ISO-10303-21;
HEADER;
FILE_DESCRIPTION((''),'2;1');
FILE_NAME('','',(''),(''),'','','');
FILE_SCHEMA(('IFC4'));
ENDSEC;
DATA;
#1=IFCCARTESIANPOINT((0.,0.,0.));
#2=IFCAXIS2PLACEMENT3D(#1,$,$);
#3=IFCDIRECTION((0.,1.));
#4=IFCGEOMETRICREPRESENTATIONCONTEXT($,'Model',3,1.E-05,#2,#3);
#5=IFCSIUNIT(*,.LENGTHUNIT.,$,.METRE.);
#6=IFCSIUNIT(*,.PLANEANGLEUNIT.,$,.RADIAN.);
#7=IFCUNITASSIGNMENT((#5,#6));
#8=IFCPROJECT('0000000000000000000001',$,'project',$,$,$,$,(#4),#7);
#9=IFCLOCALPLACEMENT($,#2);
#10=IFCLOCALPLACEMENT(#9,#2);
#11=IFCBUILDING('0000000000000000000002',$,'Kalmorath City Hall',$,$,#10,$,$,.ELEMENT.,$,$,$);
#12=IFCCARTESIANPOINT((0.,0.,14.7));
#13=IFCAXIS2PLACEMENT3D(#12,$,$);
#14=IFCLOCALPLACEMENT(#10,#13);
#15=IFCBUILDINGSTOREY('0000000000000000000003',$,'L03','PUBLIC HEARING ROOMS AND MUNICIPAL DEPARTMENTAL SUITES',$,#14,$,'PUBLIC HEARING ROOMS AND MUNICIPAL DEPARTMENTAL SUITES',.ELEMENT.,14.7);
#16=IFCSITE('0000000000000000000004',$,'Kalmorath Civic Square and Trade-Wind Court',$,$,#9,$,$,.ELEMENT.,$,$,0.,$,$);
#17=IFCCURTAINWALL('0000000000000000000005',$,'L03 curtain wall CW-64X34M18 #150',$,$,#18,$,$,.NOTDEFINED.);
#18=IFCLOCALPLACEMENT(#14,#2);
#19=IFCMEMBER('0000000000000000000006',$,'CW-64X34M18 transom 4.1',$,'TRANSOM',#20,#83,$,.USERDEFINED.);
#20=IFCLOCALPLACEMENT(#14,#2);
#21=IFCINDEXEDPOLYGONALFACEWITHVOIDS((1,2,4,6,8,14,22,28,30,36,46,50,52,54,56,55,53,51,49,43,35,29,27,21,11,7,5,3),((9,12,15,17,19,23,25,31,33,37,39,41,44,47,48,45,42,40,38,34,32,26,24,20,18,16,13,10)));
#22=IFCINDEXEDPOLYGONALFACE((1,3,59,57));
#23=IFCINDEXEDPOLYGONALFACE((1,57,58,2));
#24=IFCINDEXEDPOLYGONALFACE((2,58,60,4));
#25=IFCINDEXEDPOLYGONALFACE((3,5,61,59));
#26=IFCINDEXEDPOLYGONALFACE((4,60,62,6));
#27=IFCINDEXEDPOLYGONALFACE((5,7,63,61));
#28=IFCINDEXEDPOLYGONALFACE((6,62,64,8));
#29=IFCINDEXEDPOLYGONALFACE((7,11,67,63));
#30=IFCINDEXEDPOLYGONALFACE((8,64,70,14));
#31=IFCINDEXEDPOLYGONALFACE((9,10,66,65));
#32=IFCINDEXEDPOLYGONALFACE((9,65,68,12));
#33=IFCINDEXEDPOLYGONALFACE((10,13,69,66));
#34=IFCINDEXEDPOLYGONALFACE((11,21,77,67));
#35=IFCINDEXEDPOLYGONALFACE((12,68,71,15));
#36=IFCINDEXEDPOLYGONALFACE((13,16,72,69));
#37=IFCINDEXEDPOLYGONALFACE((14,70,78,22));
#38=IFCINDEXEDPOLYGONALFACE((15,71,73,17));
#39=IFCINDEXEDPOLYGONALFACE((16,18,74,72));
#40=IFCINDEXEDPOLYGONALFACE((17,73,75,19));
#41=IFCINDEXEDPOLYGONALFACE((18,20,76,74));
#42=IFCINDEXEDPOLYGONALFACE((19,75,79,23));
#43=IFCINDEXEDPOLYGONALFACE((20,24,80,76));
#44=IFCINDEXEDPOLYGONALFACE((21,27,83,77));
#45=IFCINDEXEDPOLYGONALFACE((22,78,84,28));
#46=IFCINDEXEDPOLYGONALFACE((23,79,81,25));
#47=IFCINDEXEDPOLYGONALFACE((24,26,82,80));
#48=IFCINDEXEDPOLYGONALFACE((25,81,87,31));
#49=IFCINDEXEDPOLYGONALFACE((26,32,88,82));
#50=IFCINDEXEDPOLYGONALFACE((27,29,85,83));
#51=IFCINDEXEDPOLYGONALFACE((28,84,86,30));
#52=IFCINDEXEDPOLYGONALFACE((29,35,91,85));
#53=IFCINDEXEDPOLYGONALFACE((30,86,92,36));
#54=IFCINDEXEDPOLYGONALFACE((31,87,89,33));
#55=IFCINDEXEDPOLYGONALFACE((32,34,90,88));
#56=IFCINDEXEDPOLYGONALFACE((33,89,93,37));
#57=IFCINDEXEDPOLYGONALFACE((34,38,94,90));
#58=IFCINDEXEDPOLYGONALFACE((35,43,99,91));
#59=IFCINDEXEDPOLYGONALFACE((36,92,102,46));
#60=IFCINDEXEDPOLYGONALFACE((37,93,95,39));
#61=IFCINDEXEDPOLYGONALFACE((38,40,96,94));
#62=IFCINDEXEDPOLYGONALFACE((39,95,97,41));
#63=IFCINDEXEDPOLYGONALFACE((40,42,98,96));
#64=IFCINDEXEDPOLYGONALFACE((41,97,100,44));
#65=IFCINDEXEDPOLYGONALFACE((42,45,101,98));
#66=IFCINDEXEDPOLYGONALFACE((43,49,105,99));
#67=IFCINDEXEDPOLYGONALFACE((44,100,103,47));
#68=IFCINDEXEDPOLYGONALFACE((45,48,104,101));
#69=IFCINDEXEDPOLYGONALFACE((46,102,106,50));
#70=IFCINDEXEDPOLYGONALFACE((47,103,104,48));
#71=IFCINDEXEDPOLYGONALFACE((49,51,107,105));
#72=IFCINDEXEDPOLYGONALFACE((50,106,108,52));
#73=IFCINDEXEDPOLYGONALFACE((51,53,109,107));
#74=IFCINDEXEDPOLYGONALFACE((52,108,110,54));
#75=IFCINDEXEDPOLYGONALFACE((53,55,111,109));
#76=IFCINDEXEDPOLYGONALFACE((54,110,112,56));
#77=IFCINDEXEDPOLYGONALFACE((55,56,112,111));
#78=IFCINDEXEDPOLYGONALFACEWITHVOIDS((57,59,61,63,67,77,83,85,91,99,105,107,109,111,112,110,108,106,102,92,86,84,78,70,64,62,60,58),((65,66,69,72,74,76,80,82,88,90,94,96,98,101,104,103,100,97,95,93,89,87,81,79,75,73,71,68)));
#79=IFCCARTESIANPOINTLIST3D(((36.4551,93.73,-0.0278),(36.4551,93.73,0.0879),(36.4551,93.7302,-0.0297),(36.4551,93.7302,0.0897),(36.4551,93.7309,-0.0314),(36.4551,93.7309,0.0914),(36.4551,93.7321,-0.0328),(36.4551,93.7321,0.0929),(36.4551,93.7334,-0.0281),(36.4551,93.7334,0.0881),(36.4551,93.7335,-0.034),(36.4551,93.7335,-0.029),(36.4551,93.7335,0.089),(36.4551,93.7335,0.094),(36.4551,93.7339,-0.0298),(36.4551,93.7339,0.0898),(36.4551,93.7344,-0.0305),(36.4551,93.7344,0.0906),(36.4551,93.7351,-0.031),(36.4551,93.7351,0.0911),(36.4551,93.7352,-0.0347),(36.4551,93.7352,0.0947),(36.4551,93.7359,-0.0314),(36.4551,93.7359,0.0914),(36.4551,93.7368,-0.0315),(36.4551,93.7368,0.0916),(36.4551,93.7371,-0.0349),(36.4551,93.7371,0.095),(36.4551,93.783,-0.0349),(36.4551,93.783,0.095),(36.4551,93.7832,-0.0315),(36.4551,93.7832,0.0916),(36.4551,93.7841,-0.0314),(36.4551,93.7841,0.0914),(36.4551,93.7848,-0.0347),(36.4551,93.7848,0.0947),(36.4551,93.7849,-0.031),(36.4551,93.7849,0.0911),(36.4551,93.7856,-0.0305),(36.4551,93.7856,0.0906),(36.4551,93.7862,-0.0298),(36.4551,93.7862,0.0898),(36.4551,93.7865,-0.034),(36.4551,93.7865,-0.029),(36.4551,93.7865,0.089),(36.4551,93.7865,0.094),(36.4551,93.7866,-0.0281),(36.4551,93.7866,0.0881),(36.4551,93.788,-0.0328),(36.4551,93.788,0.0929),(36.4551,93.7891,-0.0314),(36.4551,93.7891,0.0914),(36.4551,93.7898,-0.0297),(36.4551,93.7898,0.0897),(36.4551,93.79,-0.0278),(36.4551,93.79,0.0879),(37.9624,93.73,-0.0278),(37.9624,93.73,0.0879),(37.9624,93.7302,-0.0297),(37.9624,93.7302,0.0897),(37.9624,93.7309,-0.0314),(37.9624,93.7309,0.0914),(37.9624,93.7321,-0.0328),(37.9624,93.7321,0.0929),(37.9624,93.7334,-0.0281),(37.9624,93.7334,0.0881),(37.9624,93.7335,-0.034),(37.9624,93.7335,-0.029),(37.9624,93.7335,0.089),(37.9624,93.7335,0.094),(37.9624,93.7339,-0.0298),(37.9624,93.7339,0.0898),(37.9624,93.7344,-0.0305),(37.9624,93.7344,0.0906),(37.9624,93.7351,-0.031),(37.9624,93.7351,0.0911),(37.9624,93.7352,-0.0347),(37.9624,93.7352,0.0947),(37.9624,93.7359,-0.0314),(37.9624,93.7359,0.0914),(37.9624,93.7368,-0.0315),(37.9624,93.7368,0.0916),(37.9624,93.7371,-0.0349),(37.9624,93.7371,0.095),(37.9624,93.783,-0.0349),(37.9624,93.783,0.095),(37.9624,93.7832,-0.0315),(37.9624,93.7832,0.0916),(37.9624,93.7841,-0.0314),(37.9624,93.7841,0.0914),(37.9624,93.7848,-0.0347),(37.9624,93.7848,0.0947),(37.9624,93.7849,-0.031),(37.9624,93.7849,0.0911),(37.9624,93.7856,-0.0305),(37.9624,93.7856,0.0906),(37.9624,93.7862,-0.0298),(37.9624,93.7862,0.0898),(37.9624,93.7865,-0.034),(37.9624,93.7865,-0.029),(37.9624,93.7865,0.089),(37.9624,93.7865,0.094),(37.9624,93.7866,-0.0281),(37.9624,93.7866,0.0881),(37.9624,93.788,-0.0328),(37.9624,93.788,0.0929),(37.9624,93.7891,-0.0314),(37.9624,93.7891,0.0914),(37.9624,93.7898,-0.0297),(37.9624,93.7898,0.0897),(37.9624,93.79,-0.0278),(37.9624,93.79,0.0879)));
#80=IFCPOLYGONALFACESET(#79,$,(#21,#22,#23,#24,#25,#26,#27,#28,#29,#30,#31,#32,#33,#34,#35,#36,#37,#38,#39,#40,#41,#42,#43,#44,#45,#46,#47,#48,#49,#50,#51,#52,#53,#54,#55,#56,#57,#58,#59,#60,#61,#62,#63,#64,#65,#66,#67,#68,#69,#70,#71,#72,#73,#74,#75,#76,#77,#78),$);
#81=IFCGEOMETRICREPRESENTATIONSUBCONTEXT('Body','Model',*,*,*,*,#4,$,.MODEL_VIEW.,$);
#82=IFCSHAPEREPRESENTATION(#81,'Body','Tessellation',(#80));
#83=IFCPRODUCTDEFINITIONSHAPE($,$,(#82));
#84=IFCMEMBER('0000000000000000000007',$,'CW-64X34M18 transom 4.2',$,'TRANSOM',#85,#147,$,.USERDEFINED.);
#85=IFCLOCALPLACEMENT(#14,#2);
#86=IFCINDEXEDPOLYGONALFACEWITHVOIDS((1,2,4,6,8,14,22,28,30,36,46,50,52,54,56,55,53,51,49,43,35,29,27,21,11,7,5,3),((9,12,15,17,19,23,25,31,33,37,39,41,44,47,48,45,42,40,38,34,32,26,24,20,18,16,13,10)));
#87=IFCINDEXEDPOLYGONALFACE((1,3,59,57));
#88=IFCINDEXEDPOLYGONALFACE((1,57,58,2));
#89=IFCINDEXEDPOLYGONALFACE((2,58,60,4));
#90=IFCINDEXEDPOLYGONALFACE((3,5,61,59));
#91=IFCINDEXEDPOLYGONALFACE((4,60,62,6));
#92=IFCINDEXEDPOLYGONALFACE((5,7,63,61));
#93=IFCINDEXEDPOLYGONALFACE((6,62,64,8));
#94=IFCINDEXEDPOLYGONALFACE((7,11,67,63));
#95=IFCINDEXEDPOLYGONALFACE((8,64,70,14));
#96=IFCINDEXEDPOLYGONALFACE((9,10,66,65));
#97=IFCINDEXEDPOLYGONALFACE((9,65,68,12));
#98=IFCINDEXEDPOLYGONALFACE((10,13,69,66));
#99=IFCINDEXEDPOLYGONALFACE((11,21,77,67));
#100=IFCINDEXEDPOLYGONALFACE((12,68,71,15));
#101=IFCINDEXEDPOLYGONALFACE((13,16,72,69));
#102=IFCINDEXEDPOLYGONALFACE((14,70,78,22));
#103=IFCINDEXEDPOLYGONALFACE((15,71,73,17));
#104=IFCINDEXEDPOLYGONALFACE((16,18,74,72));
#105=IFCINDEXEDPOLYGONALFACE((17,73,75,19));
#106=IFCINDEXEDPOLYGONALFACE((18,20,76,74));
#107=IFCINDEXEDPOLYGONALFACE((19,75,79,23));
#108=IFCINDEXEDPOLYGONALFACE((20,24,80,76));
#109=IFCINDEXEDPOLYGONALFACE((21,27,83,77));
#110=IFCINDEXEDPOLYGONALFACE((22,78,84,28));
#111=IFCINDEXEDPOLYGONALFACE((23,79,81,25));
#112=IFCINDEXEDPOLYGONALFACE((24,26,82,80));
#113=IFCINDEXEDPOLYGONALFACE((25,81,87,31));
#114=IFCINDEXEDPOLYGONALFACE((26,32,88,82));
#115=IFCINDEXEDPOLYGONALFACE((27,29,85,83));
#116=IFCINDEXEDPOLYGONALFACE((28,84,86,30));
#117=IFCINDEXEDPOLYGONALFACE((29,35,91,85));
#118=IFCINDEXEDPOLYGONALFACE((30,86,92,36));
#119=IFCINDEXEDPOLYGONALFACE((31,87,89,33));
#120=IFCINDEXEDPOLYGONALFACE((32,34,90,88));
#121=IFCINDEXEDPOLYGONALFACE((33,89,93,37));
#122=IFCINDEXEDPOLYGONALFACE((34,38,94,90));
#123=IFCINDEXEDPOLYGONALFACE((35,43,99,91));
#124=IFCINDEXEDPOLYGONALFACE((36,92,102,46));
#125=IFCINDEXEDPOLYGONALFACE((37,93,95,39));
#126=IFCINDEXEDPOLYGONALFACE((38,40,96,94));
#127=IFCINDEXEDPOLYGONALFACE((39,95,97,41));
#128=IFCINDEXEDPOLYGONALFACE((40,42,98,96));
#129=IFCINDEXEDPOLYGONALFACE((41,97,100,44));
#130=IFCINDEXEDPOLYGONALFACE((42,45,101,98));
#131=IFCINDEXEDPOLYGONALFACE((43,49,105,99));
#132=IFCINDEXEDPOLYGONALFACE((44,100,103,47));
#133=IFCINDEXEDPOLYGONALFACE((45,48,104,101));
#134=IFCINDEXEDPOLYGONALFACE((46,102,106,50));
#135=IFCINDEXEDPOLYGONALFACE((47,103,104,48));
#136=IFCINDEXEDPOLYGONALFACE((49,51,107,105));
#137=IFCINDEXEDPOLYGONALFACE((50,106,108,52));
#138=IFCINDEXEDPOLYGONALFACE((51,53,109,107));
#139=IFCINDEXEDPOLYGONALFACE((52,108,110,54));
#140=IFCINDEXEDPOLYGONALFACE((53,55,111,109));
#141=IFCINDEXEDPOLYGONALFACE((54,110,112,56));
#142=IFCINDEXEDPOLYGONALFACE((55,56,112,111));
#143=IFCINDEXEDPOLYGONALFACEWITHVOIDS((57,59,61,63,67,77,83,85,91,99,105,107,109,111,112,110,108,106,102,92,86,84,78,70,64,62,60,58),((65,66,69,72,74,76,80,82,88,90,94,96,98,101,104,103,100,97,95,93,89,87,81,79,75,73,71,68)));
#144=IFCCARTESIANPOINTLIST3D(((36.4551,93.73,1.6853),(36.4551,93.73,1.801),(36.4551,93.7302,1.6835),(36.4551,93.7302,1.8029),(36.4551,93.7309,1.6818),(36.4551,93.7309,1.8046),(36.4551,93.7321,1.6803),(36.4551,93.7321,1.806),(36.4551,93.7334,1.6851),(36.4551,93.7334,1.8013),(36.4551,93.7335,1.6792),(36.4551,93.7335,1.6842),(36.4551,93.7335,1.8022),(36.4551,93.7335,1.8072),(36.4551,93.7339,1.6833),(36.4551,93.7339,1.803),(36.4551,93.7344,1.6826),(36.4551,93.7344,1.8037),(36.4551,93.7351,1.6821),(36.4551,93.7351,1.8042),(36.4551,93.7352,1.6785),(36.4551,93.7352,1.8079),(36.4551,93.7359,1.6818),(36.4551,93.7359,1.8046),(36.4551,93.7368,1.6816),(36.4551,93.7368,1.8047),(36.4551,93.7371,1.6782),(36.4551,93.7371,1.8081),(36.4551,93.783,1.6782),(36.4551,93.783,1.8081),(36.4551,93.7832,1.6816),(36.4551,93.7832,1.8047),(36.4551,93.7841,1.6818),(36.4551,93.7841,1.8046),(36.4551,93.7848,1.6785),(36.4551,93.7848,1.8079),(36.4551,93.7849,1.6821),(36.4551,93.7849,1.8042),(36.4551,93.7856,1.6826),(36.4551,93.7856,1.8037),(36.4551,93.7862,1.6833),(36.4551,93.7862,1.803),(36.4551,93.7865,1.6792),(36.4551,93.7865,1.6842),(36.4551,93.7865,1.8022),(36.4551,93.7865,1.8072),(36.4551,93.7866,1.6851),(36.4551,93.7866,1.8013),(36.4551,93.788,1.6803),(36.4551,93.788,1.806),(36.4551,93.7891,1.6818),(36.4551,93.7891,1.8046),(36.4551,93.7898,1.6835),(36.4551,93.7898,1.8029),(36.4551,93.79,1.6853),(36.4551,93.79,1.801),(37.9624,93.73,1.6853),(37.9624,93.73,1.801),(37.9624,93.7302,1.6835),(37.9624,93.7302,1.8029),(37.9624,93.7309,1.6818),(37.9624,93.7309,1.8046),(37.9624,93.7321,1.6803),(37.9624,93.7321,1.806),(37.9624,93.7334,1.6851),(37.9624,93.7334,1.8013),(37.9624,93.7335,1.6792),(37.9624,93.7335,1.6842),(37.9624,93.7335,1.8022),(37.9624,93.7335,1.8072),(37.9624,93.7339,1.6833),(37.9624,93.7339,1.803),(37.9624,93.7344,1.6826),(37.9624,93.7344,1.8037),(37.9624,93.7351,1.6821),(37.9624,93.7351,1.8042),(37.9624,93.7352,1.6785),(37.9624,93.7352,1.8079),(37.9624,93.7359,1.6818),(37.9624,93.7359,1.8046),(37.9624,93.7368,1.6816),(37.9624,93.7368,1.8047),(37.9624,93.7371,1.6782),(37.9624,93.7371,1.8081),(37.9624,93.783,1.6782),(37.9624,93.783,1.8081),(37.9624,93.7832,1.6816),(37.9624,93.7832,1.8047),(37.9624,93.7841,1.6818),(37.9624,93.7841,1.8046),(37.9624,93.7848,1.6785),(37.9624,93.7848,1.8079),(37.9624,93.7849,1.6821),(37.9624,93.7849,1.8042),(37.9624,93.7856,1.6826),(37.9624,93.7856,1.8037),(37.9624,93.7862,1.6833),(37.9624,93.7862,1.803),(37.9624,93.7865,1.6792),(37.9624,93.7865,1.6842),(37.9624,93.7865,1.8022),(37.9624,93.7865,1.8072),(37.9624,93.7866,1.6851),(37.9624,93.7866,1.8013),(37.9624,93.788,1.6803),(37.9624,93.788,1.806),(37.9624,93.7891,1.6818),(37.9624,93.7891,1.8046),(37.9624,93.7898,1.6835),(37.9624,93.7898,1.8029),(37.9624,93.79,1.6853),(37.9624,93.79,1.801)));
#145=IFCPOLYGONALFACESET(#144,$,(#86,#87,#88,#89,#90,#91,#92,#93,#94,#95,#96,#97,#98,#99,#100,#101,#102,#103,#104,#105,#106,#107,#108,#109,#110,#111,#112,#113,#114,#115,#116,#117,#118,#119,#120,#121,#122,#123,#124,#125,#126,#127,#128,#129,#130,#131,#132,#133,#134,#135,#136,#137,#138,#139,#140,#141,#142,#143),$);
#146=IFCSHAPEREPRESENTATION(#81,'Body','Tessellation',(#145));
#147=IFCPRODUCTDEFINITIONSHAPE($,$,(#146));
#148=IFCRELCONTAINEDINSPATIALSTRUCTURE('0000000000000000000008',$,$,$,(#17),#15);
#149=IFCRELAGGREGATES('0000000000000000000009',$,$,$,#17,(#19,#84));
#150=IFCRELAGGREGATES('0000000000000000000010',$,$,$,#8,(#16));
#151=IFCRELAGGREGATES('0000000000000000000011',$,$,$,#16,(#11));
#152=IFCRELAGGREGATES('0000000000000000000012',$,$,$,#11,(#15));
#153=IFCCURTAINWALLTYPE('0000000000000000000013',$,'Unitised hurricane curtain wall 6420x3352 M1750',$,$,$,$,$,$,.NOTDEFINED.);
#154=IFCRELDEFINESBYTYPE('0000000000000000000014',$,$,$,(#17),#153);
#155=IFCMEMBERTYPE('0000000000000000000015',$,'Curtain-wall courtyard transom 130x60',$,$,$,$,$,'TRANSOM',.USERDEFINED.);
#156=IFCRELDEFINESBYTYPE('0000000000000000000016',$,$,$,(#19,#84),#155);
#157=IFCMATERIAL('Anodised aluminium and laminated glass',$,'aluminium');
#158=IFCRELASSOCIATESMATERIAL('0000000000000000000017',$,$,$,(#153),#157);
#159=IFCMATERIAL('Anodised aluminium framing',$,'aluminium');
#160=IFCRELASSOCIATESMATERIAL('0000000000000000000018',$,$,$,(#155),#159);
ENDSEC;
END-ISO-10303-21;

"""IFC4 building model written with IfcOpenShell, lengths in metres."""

from ifc_helpers import new_model, si_unit, direction, frame, origin, origin_2d, place, context, subcontext, project, spatial, hollow_rectangle, extrude, material, material_profile, profile_set, type_object, element, aggregate, save


model = new_model("IFC4")

# Units and contexts
model_context = context("Model", 3, precision=1e-05, world=origin(), true_north=direction((0.0, 1.0)))
body_context = subcontext(model_context, "Body", "Model", "MODEL_VIEW")
ifc_project = project(units=[si_unit("LENGTHUNIT", "METRE"), si_unit("PLANEANGLEUNIT", "RADIAN")], contexts=[model_context])

# Site, building, storey
site_placement = place(None, origin())
site = spatial("IfcSite", under=ifc_project, at=site_placement, Name="Kalmorath Civic Square and Trade-Wind Court", CompositionType="ELEMENT", RefElevation=0.0)
building_placement = place(site_placement, origin())
building = spatial("IfcBuilding", under=site, at=building_placement, Name="Kalmorath City Hall", CompositionType="ELEMENT")
storey_placement = place(building_placement, frame((0.0, 0.0, 14.7)))
storey = spatial("IfcBuildingStorey", under=building, at=storey_placement, Name="L03", Description="PUBLIC HEARING ROOMS AND MUNICIPAL DEPARTMENTAL SUITES", LongName="PUBLIC HEARING ROOMS AND MUNICIPAL DEPARTMENTAL SUITES", CompositionType="ELEMENT", Elevation=14.7)

# Curtain wall, members
ifc_material_1 = material(Name="Anodised aluminium and laminated glass", Category="aluminium")
curtain_wall_type = type_object("IfcCurtainWallType", Name="Unitised hurricane curtain wall 6420x3352 M1750", PredefinedType="NOTDEFINED", material=ifc_material_1)
curtain_wall_placement = place(storey_placement, origin())
curtain_wall = element("IfcCurtainWall", 1, at=curtain_wall_placement, inside=storey, type_object=curtain_wall_type, Name="L03 curtain wall CW-64X34M18 #150", PredefinedType="NOTDEFINED")
ifc_material_2 = material(Name="Anodised aluminium framing", Category="aluminium")
ifc_material_profile_1 = material_profile(ifc_material_2, hollow_rectangle(XDim=0.0601, YDim=0.1299, WallThickness=0.0034, InnerFilletRadius=0.0034, OuterFilletRadius=0.0071, at=origin_2d()), Name="ALU-TRN-130X60X3.5")
ifc_profile_set_1 = profile_set([ifc_material_profile_1], Name="Anodised aluminium framing")
member_type_1 = type_object("IfcMemberType", Name="Curtain-wall courtyard transom 130x60", ElementType="TRANSOM", PredefinedType="USERDEFINED", material=ifc_profile_set_1)
member_1_placement = place(storey_placement, frame((37.9624, 93.76, 0.03), z_axis=(-1.0, 0.0, 0.0), x_axis=(0.0, -1.0, 0.0)))
member_1 = element("IfcMember", 2, at=member_1_placement, type_object=member_type_1, Name="CW-64X34M18 transom 4.1", ObjectType="TRANSOM", PredefinedType="USERDEFINED", context=body_context, shape_type="SweptSolid", body=[
    extrude(hollow_rectangle(XDim=0.0601, YDim=0.1299, WallThickness=0.0034, InnerFilletRadius=0.0034, OuterFilletRadius=0.0071, at=origin_2d()), origin(), (0.0, 0.0, 1.0), 1.5073),
])
member_2_placement = place(storey_placement, frame((37.9624, 93.76, 1.7432), z_axis=(-1.0, 0.0, 0.0), x_axis=(0.0, -1.0, 0.0)))
member_2 = element("IfcMember", 3, at=member_2_placement, type_object=member_type_1, Name="CW-64X34M18 transom 4.2", ObjectType="TRANSOM", PredefinedType="USERDEFINED", context=body_context, shape_type="SweptSolid", body=[
    extrude(hollow_rectangle(XDim=0.0601, YDim=0.1299, WallThickness=0.0034, InnerFilletRadius=0.0034, OuterFilletRadius=0.0071, at=origin_2d()), origin(), (0.0, 0.0, 1.0), 1.5073),
])
aggregate(curtain_wall, [member_1, member_2])

save(model, "model.ifc")
